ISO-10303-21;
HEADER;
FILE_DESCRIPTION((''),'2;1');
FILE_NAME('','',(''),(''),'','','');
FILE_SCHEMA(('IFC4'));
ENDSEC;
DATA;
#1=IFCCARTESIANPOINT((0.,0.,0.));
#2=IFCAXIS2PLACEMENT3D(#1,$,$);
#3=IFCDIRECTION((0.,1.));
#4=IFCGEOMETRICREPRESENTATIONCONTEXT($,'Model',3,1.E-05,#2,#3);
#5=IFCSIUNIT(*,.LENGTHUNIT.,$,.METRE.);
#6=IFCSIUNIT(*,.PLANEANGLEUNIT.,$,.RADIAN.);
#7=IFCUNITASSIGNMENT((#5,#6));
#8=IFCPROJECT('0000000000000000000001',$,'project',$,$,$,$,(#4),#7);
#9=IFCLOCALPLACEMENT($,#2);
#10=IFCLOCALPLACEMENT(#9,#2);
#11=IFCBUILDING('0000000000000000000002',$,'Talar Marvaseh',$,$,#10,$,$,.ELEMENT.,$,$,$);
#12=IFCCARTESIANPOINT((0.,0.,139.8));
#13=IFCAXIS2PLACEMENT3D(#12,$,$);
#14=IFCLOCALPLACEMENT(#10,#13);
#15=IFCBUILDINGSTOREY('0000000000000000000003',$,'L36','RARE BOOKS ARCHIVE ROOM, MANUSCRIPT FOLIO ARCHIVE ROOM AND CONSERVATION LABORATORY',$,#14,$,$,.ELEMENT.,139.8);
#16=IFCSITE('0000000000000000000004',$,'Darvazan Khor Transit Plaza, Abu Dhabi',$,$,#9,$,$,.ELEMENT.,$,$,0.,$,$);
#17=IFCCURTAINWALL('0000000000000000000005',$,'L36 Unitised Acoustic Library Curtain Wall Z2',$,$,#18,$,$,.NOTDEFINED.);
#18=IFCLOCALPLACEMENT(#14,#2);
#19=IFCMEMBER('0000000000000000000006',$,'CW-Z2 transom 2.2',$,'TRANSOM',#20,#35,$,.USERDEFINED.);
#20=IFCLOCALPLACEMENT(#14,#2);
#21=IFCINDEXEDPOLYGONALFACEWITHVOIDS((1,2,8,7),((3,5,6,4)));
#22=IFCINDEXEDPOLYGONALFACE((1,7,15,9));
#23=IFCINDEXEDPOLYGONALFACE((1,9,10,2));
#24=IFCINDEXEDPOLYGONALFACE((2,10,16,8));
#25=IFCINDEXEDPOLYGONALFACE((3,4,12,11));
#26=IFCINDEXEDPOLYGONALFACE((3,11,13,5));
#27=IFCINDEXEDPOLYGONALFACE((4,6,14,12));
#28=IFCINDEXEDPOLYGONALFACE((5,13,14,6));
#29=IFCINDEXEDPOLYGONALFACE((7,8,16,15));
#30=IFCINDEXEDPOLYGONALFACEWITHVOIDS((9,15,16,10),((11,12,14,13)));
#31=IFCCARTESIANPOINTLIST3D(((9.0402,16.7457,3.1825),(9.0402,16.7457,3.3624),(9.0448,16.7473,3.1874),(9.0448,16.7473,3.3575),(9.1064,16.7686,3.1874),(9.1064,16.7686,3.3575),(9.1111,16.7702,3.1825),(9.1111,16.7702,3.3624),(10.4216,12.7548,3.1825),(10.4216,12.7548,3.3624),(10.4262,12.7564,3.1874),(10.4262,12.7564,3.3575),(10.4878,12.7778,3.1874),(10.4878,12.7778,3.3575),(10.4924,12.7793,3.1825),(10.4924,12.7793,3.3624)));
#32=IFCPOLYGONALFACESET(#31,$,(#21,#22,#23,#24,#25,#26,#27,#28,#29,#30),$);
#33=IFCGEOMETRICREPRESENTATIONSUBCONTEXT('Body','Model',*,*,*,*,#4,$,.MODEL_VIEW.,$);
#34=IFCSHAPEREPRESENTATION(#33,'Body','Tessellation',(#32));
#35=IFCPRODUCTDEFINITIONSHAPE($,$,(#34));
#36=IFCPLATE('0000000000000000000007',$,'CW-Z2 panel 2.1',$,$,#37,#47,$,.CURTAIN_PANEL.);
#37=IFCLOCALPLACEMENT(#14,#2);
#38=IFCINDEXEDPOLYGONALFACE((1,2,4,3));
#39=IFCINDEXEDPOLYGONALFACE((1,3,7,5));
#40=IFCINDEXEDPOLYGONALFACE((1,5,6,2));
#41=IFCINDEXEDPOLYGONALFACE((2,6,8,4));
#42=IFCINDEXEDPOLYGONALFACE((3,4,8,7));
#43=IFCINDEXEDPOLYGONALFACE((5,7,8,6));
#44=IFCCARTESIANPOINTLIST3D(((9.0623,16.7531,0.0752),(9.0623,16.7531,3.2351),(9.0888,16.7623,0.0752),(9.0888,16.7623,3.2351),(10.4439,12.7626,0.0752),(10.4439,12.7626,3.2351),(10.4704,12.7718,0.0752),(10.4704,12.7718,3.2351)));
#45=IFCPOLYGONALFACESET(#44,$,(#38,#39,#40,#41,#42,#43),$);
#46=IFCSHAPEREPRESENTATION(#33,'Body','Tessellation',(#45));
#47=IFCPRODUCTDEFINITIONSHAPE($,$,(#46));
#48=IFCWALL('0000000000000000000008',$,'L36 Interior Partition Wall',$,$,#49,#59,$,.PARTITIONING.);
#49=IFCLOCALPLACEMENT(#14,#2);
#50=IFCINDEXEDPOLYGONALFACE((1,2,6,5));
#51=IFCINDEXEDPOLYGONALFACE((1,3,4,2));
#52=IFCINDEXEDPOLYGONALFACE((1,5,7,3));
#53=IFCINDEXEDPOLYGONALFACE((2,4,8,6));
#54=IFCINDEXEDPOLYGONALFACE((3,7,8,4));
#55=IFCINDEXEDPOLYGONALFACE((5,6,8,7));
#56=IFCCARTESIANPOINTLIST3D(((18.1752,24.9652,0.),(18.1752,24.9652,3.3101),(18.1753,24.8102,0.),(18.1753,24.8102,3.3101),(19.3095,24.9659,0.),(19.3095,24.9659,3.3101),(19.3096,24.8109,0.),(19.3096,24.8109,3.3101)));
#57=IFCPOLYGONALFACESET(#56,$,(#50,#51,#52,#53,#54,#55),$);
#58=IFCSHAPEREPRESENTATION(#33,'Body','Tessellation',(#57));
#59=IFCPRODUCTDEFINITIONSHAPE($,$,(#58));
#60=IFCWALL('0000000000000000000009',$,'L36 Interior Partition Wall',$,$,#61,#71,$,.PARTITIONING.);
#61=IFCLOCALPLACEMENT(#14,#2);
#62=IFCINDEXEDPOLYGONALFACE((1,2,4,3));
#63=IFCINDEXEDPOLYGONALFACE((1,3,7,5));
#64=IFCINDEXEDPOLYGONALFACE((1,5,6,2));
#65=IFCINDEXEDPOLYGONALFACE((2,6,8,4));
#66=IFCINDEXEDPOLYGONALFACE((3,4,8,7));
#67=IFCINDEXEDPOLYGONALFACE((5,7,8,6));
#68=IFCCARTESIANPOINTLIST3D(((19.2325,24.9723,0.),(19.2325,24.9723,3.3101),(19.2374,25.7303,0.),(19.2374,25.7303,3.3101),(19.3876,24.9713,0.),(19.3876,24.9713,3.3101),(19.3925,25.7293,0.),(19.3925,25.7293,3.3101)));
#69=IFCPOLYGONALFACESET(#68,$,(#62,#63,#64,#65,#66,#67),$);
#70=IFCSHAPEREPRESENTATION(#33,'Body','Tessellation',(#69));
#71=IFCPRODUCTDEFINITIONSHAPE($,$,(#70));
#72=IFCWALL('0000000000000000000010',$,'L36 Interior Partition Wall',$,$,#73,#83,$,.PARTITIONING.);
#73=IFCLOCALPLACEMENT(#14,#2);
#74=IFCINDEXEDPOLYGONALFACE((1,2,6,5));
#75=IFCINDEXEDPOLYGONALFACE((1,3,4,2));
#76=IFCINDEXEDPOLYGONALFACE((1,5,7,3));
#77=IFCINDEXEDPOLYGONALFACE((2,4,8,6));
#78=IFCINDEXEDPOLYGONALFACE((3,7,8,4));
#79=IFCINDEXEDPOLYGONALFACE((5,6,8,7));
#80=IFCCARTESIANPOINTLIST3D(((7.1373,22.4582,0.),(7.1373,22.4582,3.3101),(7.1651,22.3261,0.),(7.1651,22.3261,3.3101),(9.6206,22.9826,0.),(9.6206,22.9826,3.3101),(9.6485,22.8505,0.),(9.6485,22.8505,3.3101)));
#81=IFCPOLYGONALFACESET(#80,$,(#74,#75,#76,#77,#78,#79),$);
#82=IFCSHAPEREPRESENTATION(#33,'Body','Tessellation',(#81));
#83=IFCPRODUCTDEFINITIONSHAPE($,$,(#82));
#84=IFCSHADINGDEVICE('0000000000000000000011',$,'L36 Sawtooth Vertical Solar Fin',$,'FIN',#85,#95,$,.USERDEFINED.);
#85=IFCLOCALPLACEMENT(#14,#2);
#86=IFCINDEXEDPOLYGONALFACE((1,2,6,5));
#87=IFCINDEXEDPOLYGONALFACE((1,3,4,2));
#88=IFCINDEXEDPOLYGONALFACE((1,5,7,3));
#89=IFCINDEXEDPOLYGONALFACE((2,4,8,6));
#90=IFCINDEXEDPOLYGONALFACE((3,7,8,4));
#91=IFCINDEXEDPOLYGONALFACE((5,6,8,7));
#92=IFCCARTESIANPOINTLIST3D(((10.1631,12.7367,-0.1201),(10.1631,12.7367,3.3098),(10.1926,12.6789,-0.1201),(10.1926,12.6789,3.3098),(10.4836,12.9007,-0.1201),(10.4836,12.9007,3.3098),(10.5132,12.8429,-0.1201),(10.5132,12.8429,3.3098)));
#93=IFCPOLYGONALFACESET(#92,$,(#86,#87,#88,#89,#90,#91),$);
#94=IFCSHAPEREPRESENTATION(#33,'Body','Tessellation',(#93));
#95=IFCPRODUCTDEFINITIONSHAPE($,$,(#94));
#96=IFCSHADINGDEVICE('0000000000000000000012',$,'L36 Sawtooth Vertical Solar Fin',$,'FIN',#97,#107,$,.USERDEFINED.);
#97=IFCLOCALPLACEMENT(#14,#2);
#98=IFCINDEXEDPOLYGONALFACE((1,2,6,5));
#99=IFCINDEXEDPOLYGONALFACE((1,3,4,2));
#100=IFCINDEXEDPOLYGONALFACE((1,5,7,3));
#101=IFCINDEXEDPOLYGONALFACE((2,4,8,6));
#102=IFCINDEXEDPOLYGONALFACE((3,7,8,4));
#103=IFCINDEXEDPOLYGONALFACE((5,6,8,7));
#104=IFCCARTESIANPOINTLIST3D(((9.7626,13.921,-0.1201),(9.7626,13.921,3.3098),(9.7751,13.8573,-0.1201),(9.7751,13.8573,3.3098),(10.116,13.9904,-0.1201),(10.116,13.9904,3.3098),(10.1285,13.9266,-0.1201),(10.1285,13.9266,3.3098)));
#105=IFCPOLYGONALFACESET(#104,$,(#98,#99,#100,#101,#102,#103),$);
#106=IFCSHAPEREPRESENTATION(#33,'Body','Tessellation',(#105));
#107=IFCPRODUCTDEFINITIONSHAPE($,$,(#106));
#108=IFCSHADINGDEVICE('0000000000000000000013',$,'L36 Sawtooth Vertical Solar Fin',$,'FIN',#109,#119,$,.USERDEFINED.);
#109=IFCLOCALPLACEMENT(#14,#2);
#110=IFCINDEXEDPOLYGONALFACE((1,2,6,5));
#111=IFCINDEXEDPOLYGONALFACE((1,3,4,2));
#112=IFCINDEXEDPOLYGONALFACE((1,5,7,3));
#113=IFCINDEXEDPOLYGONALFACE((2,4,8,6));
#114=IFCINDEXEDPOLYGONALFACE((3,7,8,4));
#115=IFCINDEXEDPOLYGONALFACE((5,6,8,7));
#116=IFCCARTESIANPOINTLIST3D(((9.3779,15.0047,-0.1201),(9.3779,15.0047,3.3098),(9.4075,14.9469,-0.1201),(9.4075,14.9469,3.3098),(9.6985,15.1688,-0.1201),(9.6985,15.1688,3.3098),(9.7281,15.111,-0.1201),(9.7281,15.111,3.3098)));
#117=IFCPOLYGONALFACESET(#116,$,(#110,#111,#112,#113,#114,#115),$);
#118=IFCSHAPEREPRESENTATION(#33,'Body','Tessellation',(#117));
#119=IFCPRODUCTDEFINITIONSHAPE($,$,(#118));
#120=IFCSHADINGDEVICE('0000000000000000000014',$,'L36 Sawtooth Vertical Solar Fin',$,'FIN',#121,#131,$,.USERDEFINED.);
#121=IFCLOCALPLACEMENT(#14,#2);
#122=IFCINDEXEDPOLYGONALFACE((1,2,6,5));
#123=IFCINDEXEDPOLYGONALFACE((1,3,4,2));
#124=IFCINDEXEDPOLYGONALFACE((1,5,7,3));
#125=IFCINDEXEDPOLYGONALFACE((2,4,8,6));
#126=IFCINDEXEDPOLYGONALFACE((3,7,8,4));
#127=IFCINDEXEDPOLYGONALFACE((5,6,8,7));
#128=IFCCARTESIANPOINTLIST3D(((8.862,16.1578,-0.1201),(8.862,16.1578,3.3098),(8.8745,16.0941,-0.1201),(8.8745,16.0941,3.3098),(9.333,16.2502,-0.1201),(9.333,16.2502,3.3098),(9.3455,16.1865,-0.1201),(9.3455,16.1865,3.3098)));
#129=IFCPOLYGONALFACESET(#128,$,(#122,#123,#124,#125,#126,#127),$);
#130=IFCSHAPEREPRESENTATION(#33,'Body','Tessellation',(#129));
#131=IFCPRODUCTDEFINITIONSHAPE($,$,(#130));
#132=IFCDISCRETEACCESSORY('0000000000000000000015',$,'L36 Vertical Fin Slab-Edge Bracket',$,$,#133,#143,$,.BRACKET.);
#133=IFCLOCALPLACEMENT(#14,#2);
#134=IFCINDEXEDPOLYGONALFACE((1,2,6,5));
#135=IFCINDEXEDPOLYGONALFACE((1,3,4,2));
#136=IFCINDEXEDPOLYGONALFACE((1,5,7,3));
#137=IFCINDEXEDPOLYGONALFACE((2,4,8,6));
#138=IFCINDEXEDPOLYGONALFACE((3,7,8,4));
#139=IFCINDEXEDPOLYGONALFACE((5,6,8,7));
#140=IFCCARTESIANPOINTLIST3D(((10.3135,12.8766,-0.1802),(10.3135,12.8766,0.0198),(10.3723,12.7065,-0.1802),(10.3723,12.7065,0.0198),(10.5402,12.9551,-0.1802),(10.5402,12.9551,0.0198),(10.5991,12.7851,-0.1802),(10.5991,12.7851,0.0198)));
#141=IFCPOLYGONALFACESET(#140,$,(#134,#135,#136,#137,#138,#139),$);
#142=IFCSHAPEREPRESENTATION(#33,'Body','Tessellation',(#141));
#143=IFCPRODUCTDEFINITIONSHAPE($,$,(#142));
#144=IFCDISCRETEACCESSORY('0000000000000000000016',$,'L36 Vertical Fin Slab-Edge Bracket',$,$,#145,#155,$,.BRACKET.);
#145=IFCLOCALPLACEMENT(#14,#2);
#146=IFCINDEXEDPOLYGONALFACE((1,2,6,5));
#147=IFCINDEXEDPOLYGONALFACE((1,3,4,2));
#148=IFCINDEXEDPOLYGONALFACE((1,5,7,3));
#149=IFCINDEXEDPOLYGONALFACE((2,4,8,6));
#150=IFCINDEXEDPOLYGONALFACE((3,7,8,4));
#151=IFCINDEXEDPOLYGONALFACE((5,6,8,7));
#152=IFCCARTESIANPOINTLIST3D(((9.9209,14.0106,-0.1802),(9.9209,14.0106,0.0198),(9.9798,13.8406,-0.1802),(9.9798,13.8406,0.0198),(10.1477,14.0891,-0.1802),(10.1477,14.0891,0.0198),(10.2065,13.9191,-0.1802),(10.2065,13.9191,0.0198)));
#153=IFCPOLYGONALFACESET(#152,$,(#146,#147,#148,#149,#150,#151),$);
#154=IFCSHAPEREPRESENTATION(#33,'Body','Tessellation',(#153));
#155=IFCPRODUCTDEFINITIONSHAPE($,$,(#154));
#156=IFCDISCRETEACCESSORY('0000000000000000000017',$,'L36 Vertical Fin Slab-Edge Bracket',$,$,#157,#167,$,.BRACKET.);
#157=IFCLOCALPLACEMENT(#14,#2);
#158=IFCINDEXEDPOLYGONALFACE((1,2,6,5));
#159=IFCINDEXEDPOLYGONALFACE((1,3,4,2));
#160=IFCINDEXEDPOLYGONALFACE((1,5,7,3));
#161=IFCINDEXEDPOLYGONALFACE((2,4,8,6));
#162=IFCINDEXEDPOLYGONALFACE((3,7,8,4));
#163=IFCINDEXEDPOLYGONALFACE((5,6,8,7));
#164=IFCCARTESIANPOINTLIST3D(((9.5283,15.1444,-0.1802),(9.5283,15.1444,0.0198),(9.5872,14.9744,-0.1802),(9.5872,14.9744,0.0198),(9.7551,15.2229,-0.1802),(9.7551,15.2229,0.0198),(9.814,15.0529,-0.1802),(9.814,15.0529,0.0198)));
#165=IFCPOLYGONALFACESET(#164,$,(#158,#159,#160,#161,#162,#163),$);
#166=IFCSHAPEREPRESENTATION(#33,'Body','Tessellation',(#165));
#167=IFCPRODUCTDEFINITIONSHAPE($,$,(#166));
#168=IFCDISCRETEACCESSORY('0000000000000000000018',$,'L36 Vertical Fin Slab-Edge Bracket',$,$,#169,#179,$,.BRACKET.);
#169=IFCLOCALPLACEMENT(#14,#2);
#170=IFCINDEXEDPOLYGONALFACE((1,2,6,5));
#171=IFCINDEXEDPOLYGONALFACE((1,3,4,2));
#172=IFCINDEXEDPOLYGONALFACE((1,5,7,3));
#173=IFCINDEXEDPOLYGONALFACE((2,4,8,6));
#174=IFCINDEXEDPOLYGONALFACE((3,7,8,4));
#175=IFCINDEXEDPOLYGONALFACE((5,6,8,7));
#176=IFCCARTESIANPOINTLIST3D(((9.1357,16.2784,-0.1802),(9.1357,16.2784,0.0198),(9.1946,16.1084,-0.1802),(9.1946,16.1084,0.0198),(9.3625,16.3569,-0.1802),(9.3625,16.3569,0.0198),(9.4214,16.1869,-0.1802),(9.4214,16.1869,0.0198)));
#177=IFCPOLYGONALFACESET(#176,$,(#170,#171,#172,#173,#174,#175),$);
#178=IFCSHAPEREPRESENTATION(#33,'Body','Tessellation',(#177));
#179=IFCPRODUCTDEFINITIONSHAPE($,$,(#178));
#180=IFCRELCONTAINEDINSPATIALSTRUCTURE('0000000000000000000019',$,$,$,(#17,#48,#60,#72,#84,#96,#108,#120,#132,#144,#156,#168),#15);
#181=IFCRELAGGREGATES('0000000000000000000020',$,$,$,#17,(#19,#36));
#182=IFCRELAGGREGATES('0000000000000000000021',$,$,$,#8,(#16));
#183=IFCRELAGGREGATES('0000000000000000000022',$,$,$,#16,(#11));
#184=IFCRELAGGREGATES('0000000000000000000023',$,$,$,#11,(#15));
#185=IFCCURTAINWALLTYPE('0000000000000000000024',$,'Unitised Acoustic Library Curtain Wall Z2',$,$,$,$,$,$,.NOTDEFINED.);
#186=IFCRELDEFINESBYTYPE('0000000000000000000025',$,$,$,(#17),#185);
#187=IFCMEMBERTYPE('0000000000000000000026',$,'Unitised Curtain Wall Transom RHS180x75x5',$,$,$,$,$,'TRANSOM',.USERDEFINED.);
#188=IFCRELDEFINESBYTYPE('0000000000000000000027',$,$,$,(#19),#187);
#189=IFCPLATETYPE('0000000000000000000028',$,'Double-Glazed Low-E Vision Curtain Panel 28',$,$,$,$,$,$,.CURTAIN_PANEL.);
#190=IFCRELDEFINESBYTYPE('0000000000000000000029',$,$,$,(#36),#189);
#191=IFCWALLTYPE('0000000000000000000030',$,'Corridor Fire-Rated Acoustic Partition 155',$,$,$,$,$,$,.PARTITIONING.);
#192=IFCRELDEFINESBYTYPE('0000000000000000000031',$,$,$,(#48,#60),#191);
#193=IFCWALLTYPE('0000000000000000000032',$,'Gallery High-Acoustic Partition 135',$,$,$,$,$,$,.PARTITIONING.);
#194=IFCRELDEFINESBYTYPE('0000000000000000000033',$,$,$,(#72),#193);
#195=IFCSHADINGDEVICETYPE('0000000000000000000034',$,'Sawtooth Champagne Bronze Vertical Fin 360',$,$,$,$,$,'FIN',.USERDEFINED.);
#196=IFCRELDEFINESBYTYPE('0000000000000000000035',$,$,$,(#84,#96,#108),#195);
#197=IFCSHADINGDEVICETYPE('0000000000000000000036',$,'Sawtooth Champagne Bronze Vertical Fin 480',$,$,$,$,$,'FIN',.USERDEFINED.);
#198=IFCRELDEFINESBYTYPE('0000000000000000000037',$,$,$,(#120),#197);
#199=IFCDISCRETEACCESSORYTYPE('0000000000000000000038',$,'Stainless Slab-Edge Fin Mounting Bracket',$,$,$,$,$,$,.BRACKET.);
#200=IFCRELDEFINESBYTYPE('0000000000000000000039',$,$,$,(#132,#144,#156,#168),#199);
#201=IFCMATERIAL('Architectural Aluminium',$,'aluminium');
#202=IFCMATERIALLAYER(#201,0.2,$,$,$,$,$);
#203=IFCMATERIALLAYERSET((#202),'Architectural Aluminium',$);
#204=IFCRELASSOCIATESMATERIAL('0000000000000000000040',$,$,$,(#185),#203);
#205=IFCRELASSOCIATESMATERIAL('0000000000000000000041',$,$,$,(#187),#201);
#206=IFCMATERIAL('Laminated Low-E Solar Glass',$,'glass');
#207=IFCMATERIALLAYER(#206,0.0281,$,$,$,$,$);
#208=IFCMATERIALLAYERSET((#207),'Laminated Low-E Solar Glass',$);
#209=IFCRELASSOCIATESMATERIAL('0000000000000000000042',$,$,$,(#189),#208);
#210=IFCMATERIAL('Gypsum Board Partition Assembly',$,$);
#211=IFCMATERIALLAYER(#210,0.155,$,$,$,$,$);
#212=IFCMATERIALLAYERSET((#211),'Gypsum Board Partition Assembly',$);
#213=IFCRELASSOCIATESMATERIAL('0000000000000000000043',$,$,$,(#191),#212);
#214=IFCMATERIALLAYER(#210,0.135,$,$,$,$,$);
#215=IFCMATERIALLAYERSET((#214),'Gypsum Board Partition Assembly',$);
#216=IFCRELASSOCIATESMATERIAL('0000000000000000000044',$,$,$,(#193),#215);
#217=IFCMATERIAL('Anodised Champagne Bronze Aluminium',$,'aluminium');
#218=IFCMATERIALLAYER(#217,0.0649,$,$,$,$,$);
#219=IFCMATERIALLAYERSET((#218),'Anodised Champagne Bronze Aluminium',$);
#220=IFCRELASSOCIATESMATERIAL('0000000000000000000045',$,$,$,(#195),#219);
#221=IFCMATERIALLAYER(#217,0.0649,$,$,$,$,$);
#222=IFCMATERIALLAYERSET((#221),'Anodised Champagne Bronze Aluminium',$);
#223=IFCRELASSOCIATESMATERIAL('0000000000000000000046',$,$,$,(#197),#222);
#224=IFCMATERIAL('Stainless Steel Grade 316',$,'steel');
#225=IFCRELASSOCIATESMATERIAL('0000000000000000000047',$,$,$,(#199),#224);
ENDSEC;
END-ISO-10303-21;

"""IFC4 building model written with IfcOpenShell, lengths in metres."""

from ifc_helpers import new_model, si_unit, direction, frame, frame_2d, origin, origin_2d, place, context, subcontext, project, spatial, rectangle, hollow_rectangle, extrude, source, transform, mapped, material, layer, layer_set, material_profile, profile_set, type_object, type_shapes, element, aggregate, save


model = new_model("IFC4")

# Units and contexts
model_context = context("Model", 3, precision=1e-05, world=origin(), true_north=direction((0.0, 1.0)))
body_context = subcontext(model_context, "Body", "Model", "MODEL_VIEW")
ifc_project = project(units=[si_unit("LENGTHUNIT", "METRE"), si_unit("PLANEANGLEUNIT", "RADIAN")], contexts=[model_context])

# Site, building, storey
site_placement = place(None, origin())
site = spatial("IfcSite", under=ifc_project, at=site_placement, Name="Darvazan Khor Transit Plaza, Abu Dhabi", CompositionType="ELEMENT", RefElevation=0.0)
building_placement = place(site_placement, origin())
building = spatial("IfcBuilding", under=site, at=building_placement, Name="Talar Marvaseh", CompositionType="ELEMENT")
storey_placement = place(building_placement, frame((0.0, 0.0, 139.8)))
storey = spatial("IfcBuildingStorey", under=building, at=storey_placement, Name="L36", Description="RARE BOOKS ARCHIVE ROOM, MANUSCRIPT FOLIO ARCHIVE ROOM AND CONSERVATION LABORATORY", CompositionType="ELEMENT", Elevation=139.8)

# Curtain wall, member, plate
ifc_material_1 = material(Name="Architectural Aluminium", Category="aluminium")
ifc_layer_1 = layer(ifc_material_1, 0.2)
ifc_layer_set_1 = layer_set([ifc_layer_1], Name="Architectural Aluminium")
curtain_wall_type = type_object("IfcCurtainWallType", Name="Unitised Acoustic Library Curtain Wall Z2", PredefinedType="NOTDEFINED", material=ifc_layer_set_1)
curtain_wall_placement = place(storey_placement, origin())
curtain_wall = element("IfcCurtainWall", 1, at=curtain_wall_placement, inside=storey, type_object=curtain_wall_type, Name="L36 Unitised Acoustic Library Curtain Wall Z2", PredefinedType="NOTDEFINED")
ifc_material_profile_1 = material_profile(ifc_material_1, hollow_rectangle(XDim=0.075, YDim=0.1799, WallThickness=0.0049, at=origin_2d()), Name="RHS180x75x5")
ifc_profile_set_1 = profile_set([ifc_material_profile_1], Name="Architectural Aluminium")
member_type_1 = type_object("IfcMemberType", Name="Unitised Curtain Wall Transom RHS180x75x5", ElementType="TRANSOM", PredefinedType="USERDEFINED", material=ifc_profile_set_1)
shared_shape_1 = source(origin(), body_context, "Body", "SweptSolid", [
    extrude(hollow_rectangle(XDim=0.075, YDim=0.1799, WallThickness=0.0049, at=origin_2d()), origin(), (0.0, 0.0, 1.0), 4.2231),
])
type_shapes(member_type_1, [shared_shape_1])
member_1_placement = place(storey_placement, frame((10.457, 12.7671, 3.2725), z_axis=(-0.327099, 0.94499, 0.0), x_axis=(-0.94499, -0.327099, 0.0)))
member_1 = element("IfcMember", 2, at=member_1_placement, type_object=member_type_1, Name="CW-Z2 transom 2.2", ObjectType="TRANSOM", PredefinedType="USERDEFINED", context=body_context, shape_type="MappedRepresentation", body=[
    mapped(shared_shape_1, transform((0.0, 0.0, 0.0), x_axis=(1.0, 0.0, 0.0), y_axis=(0.0, 1.0, 0.0), z_axis=(0.0, 0.0, 1.0), scale=1.0)),
])
ifc_material_2 = material(Name="Laminated Low-E Solar Glass", Category="glass")
ifc_layer_2 = layer(ifc_material_2, 0.0281)
ifc_layer_set_2 = layer_set([ifc_layer_2], Name="Laminated Low-E Solar Glass")
plate_type = type_object("IfcPlateType", Name="Double-Glazed Low-E Vision Curtain Panel 28", PredefinedType="CURTAIN_PANEL", material=ifc_layer_set_2)
shared_shape_2 = source(origin(), body_context, "Body", "SweptSolid", [
    extrude(rectangle(XDim=4.2229, YDim=0.0281, at=origin_2d()), origin(), (0.0, 0.0, 1.0), 3.1599),
])
type_shapes(plate_type, [shared_shape_2])
plate_placement = place(storey_placement, frame((9.7664, 14.7625, 0.0752), z_axis=(0.0, 0.0, 1.0), x_axis=(-0.32716, 0.944969, 0.0)))
plate = element("IfcPlate", 3, at=plate_placement, type_object=plate_type, Name="CW-Z2 panel 2.1", PredefinedType="CURTAIN_PANEL", context=body_context, shape_type="MappedRepresentation", body=[
    mapped(shared_shape_2, transform((0.0, 0.0, 0.0), x_axis=(1.0, 0.0, 0.0), y_axis=(0.0, 1.0, 0.0), z_axis=(0.0, 0.0, 1.0), scale=1.0)),
])
aggregate(curtain_wall, [member_1, plate])

# Walls
ifc_material_3 = material(Name="Gypsum Board Partition Assembly")
ifc_layer_3 = layer(ifc_material_3, 0.155)
ifc_layer_set_3 = layer_set([ifc_layer_3], Name="Gypsum Board Partition Assembly")
wall_type_1 = type_object("IfcWallType", Name="Corridor Fire-Rated Acoustic Partition 155", PredefinedType="PARTITIONING", material=ifc_layer_set_3)
wall_1_placement = place(storey_placement, frame((18.1753, 24.8877, 0.0), z_axis=(0.0, 0.0, 1.0), x_axis=(1.0, 0.000646, 0.0)))
element("IfcWall", 4, at=wall_1_placement, inside=storey, type_object=wall_type_1, Name="L36 Interior Partition Wall", PredefinedType="PARTITIONING", context=body_context, shape_type="SweptSolid", body=[
    extrude(rectangle(XDim=1.1343, YDim=0.155, at=frame_2d((0.5671, 0.0))), origin(), (0.0, 0.0, 1.0), 3.3101),
])
wall_2_placement = place(storey_placement, frame((19.3101, 24.9719, 0.0), z_axis=(0.0, 0.0, 1.0), x_axis=(0.006441, 0.999979, 0.0)))
element("IfcWall", 5, at=wall_2_placement, inside=storey, type_object=wall_type_1, Name="L36 Interior Partition Wall", PredefinedType="PARTITIONING", context=body_context, shape_type="SweptSolid", body=[
    extrude(rectangle(XDim=0.7581, YDim=0.155, at=frame_2d((0.3789, 0.0))), origin(), (0.0, 0.0, 1.0), 3.3101),
])
ifc_layer_4 = layer(ifc_material_3, 0.135)
ifc_layer_set_4 = layer_set([ifc_layer_4], Name="Gypsum Board Partition Assembly")
wall_type_2 = type_object("IfcWallType", Name="Gallery High-Acoustic Partition 135", PredefinedType="PARTITIONING", material=ifc_layer_set_4)
wall_3_placement = place(storey_placement, frame((9.6345, 22.9165, 0.0), z_axis=(0.0, 0.0, 1.0), x_axis=(-0.978423, -0.206612, 0.0)))
element("IfcWall", 6, at=wall_3_placement, inside=storey, type_object=wall_type_2, Name="L36 Interior Partition Wall", PredefinedType="PARTITIONING", context=body_context, shape_type="SweptSolid", body=[
    extrude(rectangle(XDim=2.5381, YDim=0.135, at=frame_2d((1.269, 0.0))), origin(), (0.0, 0.0, 1.0), 3.3101),
])

# Shading devices
ifc_material_4 = material(Name="Anodised Champagne Bronze Aluminium", Category="aluminium")
ifc_layer_5 = layer(ifc_material_4, 0.0649)
ifc_layer_set_5 = layer_set([ifc_layer_5], Name="Anodised Champagne Bronze Aluminium")
shading_device_type_1 = type_object("IfcShadingDeviceType", Name="Sawtooth Champagne Bronze Vertical Fin 360", ElementType="FIN", PredefinedType="USERDEFINED", material=ifc_layer_set_5)
shared_shape_3 = source(origin(), body_context, "Body", "SweptSolid", [
    extrude(rectangle(XDim=0.3601, YDim=0.0649, at=origin_2d()), origin(), (0.0, 0.0, 1.0), 3.4299),
])
type_shapes(shading_device_type_1, [shared_shape_3])
for number, where, z_axis, x_axis, name in (
    (7, (10.3381, 12.7898, -0.1201), (0.0, 0.0, 1.0), (-0.890213, -0.455545, 0.0), "L36 Sawtooth Vertical Solar Fin"),
    (8, (9.9456, 13.9238, -0.1201), (0.0, 0.0, 1.0), (-0.981293, -0.192522, 0.0), "L36 Sawtooth Vertical Solar Fin"),
    (9, (9.553, 15.0579, -0.1201), (0.0, 0.0, 1.0), (-0.890213, -0.455545, 0.0), "L36 Sawtooth Vertical Solar Fin"),
):
    element("IfcShadingDevice", number, at=place(storey_placement, frame(where, z_axis=z_axis, x_axis=x_axis)), inside=storey, type_object=shading_device_type_1, Name=name, ObjectType="FIN", PredefinedType="USERDEFINED", context=body_context, shape_type="MappedRepresentation", body=[
        mapped(shared_shape_3, transform((0.0, 0.0, 0.0), x_axis=(1.0, 0.0, 0.0), y_axis=(0.0, 1.0, 0.0), z_axis=(0.0, 0.0, 1.0), scale=1.0)),
    ])
ifc_layer_6 = layer(ifc_material_4, 0.0649)
ifc_layer_set_6 = layer_set([ifc_layer_6], Name="Anodised Champagne Bronze Aluminium")
shading_device_type_2 = type_object("IfcShadingDeviceType", Name="Sawtooth Champagne Bronze Vertical Fin 480", ElementType="FIN", PredefinedType="USERDEFINED", material=ifc_layer_set_6)
shared_shape_4 = source(origin(), body_context, "Body", "SweptSolid", [
    extrude(rectangle(XDim=0.48, YDim=0.0649, at=origin_2d()), origin(), (0.0, 0.0, 1.0), 3.4299),
])
type_shapes(shading_device_type_2, [shared_shape_4])
shading_device_placement = place(storey_placement, frame((9.1038, 16.1721, -0.1201), z_axis=(0.0, 0.0, 1.0), x_axis=(-0.981293, -0.192522, 0.0)))
element("IfcShadingDevice", 10, at=shading_device_placement, inside=storey, type_object=shading_device_type_2, Name="L36 Sawtooth Vertical Solar Fin", ObjectType="FIN", PredefinedType="USERDEFINED", context=body_context, shape_type="MappedRepresentation", body=[
    mapped(shared_shape_4, transform((0.0, 0.0, 0.0), x_axis=(1.0, 0.0, 0.0), y_axis=(0.0, 1.0, 0.0), z_axis=(0.0, 0.0, 1.0), scale=1.0)),
])

# Discrete accessories
ifc_material_5 = material(Name="Stainless Steel Grade 316", Category="steel")
discrete_accessory_type = type_object("IfcDiscreteAccessoryType", Name="Stainless Slab-Edge Fin Mounting Bracket", PredefinedType="BRACKET", material=ifc_material_5)
shared_shape_5 = source(origin(), body_context, "Body", "SweptSolid", [
    extrude(rectangle(XDim=0.24, YDim=0.1799, at=origin_2d()), origin(), (0.0, 0.0, 1.0), 0.2),
])
type_shapes(discrete_accessory_type, [shared_shape_5])
for number, where, z_axis, x_axis, name in (
    (11, (10.4563, 12.8308, -0.1802), (0.0, 0.0, 1.0), (-0.944949, -0.327218, 0.0), "L36 Vertical Fin Slab-Edge Bracket"),
    (12, (10.0637, 13.9648, -0.1802), (0.0, 0.0, 1.0), (-0.944949, -0.327218, 0.0), "L36 Vertical Fin Slab-Edge Bracket"),
    (13, (9.6711, 15.0986, -0.1802), (0.0, 0.0, 1.0), (-0.944949, -0.327218, 0.0), "L36 Vertical Fin Slab-Edge Bracket"),
    (14, (9.2786, 16.2327, -0.1802), (0.0, 0.0, 1.0), (-0.944949, -0.327218, 0.0), "L36 Vertical Fin Slab-Edge Bracket"),
):
    element("IfcDiscreteAccessory", number, at=place(storey_placement, frame(where, z_axis=z_axis, x_axis=x_axis)), inside=storey, type_object=discrete_accessory_type, Name=name, PredefinedType="BRACKET", context=body_context, shape_type="MappedRepresentation", body=[
        mapped(shared_shape_5, transform((0.0, 0.0, 0.0), x_axis=(1.0, 0.0, 0.0), y_axis=(0.0, 1.0, 0.0), z_axis=(0.0, 0.0, 1.0), scale=1.0)),
    ])

save(model, "model.ifc")
